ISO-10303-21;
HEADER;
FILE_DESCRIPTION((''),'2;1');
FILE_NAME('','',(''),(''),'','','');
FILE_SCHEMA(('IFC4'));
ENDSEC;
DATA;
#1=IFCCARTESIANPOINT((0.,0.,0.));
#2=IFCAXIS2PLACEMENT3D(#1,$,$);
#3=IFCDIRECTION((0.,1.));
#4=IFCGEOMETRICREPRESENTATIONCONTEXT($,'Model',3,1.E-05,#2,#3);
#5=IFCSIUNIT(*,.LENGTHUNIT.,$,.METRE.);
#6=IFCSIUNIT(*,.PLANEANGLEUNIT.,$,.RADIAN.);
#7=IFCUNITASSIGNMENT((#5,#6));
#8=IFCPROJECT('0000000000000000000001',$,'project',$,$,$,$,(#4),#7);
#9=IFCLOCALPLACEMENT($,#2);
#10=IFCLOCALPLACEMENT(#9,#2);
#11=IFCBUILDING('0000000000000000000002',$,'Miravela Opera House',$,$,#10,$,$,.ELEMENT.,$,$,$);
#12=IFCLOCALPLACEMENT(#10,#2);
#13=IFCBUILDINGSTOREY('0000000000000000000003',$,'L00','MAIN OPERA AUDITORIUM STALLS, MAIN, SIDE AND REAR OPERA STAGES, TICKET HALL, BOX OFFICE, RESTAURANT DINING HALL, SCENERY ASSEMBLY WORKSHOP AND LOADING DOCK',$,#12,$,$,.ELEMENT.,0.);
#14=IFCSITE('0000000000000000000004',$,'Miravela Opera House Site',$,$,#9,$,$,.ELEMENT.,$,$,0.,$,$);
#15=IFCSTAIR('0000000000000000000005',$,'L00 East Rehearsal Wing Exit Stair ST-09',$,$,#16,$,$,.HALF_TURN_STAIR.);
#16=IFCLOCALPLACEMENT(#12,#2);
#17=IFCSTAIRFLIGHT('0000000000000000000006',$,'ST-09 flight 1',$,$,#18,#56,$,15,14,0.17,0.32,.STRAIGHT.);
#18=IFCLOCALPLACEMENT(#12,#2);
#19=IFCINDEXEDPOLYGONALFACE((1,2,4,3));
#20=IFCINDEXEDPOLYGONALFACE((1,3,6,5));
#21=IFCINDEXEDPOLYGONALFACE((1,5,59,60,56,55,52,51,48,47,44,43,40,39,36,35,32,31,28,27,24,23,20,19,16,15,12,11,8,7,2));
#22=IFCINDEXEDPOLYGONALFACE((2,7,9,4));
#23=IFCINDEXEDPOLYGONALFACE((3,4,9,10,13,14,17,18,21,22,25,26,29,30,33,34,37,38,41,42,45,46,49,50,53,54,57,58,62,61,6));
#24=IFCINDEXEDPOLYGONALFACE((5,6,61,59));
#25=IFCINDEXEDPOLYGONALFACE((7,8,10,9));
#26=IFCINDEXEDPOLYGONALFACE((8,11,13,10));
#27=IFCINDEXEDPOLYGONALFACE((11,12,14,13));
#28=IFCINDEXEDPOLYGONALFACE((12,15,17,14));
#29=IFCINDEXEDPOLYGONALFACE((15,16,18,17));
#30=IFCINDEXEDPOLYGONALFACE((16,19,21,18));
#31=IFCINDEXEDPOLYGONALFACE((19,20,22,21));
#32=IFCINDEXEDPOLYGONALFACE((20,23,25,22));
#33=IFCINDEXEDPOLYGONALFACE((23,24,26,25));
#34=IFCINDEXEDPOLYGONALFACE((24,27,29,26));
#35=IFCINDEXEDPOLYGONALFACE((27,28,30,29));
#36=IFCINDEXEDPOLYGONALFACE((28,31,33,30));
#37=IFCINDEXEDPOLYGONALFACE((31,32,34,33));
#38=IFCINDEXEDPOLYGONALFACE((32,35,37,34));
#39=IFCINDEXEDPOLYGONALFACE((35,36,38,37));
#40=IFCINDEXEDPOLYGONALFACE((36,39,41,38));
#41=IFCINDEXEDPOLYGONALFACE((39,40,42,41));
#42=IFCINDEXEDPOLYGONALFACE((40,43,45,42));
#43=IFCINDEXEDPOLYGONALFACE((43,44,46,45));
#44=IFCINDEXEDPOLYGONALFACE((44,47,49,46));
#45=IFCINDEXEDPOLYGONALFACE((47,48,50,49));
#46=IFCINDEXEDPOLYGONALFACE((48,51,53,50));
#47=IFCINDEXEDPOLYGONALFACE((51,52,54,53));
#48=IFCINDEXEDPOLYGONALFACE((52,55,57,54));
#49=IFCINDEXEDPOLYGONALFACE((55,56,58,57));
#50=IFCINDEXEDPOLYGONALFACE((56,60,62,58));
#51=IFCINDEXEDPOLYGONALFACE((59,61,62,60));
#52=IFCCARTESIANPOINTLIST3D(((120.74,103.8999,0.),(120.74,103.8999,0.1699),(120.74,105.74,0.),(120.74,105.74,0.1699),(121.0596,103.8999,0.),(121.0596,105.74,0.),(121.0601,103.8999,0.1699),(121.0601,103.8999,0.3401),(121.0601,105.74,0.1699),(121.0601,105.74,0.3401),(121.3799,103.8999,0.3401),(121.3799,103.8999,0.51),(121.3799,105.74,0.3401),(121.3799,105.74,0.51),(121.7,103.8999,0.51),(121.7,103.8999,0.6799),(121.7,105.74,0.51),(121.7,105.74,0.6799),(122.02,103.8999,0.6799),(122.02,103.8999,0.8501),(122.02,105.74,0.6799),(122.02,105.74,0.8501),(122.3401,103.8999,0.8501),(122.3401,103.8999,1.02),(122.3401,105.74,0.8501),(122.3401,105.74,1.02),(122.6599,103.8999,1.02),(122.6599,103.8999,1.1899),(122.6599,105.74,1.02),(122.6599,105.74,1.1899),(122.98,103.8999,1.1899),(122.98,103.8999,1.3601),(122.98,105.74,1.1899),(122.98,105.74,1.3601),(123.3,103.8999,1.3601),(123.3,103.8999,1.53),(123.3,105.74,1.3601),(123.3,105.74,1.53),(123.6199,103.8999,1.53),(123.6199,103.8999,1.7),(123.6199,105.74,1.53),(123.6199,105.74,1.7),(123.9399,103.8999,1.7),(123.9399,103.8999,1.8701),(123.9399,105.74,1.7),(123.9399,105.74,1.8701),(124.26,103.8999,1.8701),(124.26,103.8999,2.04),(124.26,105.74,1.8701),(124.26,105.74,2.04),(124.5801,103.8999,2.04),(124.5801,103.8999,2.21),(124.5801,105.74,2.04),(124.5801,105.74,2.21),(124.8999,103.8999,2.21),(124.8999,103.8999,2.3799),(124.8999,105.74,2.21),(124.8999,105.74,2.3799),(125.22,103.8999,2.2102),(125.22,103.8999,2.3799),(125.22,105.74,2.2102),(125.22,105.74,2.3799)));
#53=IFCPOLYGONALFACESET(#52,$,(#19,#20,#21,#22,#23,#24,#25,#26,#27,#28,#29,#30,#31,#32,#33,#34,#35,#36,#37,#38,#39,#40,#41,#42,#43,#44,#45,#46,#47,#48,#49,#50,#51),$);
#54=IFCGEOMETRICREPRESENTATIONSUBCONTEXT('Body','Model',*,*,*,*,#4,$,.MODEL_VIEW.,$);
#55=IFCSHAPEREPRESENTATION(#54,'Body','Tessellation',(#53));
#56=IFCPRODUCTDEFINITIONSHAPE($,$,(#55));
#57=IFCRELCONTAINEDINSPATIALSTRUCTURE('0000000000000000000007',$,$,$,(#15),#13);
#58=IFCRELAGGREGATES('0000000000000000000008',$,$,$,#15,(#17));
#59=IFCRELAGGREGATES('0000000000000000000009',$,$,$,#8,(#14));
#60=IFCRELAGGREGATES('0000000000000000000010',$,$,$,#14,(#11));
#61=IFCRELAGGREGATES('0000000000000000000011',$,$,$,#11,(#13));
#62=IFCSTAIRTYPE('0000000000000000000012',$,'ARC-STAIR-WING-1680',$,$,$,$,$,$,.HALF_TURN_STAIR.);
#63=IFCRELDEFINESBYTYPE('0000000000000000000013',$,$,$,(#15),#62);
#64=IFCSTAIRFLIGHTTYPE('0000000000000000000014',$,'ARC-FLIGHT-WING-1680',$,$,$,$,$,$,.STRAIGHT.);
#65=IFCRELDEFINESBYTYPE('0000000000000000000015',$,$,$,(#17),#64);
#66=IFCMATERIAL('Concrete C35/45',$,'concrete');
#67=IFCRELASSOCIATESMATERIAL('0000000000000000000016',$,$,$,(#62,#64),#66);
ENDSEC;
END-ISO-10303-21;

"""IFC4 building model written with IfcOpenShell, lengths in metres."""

from ifc_helpers import new_model, si_unit, direction, frame, origin, place, context, subcontext, project, spatial, polyline, outline, extrude, material, type_object, element, aggregate, save


model = new_model("IFC4")

# Units and contexts
model_context = context("Model", 3, precision=1e-05, world=origin(), true_north=direction((0.0, 1.0)))
body_context = subcontext(model_context, "Body", "Model", "MODEL_VIEW")
ifc_project = project(units=[si_unit("LENGTHUNIT", "METRE"), si_unit("PLANEANGLEUNIT", "RADIAN")], contexts=[model_context])

# Site, building, storey
site_placement = place(None, origin())
site = spatial("IfcSite", under=ifc_project, at=site_placement, Name="Miravela Opera House Site", CompositionType="ELEMENT", RefElevation=0.0)
building_placement = place(site_placement, origin())
building = spatial("IfcBuilding", under=site, at=building_placement, Name="Miravela Opera House", CompositionType="ELEMENT")
storey_placement = place(building_placement, origin())
storey = spatial("IfcBuildingStorey", under=building, at=storey_placement, Name="L00", Description="MAIN OPERA AUDITORIUM STALLS, MAIN, SIDE AND REAR OPERA STAGES, TICKET HALL, BOX OFFICE, RESTAURANT DINING HALL, SCENERY ASSEMBLY WORKSHOP AND LOADING DOCK", CompositionType="ELEMENT", Elevation=0.0)

# Shared definitions
ifc_material_1 = material(Name="Concrete C35/45", Category="concrete")

# Stair, stair flight
stair_type = type_object("IfcStairType", Name="ARC-STAIR-WING-1680", PredefinedType="HALF_TURN_STAIR", material=ifc_material_1)
stair_placement = place(storey_placement, origin())
stair = element("IfcStair", 1, at=stair_placement, inside=storey, type_object=stair_type, Name="L00 East Rehearsal Wing Exit Stair ST-09", PredefinedType="HALF_TURN_STAIR")
stair_flight_type = type_object("IfcStairFlightType", Name="ARC-FLIGHT-WING-1680", PredefinedType="STRAIGHT", material=ifc_material_1)
stair_flight_placement = place(storey_placement, frame((120.74, 104.8201, 0.0), z_axis=(0.0, 0.0, 1.0), x_axis=(1.0, 0.0, 0.0)))
stair_flight = element("IfcStairFlight", 2, at=stair_flight_placement, type_object=stair_flight_type, Name="ST-09 flight 1", NumberOfRisers=15, NumberOfTreads=14, PredefinedType="STRAIGHT", RiserHeight=0.17, TreadLength=0.32, context=body_context, shape_type="SweptSolid", body=[
    extrude(outline(polyline([(0.0, 0.0), (0.0, 0.1699), (0.3201, 0.1699), (0.3201, 0.3401), (0.6399, 0.3401), (0.6399, 0.51), (0.96, 0.51), (0.96, 0.6799), (1.28, 0.6799), (1.28, 0.8501), (1.6001, 0.8501), (1.6001, 1.02), (1.9199, 1.02), (1.9199, 1.1899), (2.24, 1.1899), (2.24, 1.3601), (2.5601, 1.3601), (2.5601, 1.53), (2.8799, 1.53), (2.8799, 1.7), (3.2, 1.7), (3.2, 1.8701), (3.52, 1.8701), (3.52, 2.04), (3.8401, 2.04), (3.8401, 2.21), (4.1599, 2.21), (4.1599, 2.3799), (4.48, 2.3799), (4.48, 2.55), (4.48, 2.2102), (0.3196, 0.0), (0.0, 0.0)])), frame((0.0, 0.9199, 0.0), z_axis=(0.0, -1.0, 0.0), x_axis=(1.0, 0.0, 0.0)), (0.0, 0.0, 1.0), 1.8401),
])
aggregate(stair, [stair_flight])

save(model, "model.ifc")
